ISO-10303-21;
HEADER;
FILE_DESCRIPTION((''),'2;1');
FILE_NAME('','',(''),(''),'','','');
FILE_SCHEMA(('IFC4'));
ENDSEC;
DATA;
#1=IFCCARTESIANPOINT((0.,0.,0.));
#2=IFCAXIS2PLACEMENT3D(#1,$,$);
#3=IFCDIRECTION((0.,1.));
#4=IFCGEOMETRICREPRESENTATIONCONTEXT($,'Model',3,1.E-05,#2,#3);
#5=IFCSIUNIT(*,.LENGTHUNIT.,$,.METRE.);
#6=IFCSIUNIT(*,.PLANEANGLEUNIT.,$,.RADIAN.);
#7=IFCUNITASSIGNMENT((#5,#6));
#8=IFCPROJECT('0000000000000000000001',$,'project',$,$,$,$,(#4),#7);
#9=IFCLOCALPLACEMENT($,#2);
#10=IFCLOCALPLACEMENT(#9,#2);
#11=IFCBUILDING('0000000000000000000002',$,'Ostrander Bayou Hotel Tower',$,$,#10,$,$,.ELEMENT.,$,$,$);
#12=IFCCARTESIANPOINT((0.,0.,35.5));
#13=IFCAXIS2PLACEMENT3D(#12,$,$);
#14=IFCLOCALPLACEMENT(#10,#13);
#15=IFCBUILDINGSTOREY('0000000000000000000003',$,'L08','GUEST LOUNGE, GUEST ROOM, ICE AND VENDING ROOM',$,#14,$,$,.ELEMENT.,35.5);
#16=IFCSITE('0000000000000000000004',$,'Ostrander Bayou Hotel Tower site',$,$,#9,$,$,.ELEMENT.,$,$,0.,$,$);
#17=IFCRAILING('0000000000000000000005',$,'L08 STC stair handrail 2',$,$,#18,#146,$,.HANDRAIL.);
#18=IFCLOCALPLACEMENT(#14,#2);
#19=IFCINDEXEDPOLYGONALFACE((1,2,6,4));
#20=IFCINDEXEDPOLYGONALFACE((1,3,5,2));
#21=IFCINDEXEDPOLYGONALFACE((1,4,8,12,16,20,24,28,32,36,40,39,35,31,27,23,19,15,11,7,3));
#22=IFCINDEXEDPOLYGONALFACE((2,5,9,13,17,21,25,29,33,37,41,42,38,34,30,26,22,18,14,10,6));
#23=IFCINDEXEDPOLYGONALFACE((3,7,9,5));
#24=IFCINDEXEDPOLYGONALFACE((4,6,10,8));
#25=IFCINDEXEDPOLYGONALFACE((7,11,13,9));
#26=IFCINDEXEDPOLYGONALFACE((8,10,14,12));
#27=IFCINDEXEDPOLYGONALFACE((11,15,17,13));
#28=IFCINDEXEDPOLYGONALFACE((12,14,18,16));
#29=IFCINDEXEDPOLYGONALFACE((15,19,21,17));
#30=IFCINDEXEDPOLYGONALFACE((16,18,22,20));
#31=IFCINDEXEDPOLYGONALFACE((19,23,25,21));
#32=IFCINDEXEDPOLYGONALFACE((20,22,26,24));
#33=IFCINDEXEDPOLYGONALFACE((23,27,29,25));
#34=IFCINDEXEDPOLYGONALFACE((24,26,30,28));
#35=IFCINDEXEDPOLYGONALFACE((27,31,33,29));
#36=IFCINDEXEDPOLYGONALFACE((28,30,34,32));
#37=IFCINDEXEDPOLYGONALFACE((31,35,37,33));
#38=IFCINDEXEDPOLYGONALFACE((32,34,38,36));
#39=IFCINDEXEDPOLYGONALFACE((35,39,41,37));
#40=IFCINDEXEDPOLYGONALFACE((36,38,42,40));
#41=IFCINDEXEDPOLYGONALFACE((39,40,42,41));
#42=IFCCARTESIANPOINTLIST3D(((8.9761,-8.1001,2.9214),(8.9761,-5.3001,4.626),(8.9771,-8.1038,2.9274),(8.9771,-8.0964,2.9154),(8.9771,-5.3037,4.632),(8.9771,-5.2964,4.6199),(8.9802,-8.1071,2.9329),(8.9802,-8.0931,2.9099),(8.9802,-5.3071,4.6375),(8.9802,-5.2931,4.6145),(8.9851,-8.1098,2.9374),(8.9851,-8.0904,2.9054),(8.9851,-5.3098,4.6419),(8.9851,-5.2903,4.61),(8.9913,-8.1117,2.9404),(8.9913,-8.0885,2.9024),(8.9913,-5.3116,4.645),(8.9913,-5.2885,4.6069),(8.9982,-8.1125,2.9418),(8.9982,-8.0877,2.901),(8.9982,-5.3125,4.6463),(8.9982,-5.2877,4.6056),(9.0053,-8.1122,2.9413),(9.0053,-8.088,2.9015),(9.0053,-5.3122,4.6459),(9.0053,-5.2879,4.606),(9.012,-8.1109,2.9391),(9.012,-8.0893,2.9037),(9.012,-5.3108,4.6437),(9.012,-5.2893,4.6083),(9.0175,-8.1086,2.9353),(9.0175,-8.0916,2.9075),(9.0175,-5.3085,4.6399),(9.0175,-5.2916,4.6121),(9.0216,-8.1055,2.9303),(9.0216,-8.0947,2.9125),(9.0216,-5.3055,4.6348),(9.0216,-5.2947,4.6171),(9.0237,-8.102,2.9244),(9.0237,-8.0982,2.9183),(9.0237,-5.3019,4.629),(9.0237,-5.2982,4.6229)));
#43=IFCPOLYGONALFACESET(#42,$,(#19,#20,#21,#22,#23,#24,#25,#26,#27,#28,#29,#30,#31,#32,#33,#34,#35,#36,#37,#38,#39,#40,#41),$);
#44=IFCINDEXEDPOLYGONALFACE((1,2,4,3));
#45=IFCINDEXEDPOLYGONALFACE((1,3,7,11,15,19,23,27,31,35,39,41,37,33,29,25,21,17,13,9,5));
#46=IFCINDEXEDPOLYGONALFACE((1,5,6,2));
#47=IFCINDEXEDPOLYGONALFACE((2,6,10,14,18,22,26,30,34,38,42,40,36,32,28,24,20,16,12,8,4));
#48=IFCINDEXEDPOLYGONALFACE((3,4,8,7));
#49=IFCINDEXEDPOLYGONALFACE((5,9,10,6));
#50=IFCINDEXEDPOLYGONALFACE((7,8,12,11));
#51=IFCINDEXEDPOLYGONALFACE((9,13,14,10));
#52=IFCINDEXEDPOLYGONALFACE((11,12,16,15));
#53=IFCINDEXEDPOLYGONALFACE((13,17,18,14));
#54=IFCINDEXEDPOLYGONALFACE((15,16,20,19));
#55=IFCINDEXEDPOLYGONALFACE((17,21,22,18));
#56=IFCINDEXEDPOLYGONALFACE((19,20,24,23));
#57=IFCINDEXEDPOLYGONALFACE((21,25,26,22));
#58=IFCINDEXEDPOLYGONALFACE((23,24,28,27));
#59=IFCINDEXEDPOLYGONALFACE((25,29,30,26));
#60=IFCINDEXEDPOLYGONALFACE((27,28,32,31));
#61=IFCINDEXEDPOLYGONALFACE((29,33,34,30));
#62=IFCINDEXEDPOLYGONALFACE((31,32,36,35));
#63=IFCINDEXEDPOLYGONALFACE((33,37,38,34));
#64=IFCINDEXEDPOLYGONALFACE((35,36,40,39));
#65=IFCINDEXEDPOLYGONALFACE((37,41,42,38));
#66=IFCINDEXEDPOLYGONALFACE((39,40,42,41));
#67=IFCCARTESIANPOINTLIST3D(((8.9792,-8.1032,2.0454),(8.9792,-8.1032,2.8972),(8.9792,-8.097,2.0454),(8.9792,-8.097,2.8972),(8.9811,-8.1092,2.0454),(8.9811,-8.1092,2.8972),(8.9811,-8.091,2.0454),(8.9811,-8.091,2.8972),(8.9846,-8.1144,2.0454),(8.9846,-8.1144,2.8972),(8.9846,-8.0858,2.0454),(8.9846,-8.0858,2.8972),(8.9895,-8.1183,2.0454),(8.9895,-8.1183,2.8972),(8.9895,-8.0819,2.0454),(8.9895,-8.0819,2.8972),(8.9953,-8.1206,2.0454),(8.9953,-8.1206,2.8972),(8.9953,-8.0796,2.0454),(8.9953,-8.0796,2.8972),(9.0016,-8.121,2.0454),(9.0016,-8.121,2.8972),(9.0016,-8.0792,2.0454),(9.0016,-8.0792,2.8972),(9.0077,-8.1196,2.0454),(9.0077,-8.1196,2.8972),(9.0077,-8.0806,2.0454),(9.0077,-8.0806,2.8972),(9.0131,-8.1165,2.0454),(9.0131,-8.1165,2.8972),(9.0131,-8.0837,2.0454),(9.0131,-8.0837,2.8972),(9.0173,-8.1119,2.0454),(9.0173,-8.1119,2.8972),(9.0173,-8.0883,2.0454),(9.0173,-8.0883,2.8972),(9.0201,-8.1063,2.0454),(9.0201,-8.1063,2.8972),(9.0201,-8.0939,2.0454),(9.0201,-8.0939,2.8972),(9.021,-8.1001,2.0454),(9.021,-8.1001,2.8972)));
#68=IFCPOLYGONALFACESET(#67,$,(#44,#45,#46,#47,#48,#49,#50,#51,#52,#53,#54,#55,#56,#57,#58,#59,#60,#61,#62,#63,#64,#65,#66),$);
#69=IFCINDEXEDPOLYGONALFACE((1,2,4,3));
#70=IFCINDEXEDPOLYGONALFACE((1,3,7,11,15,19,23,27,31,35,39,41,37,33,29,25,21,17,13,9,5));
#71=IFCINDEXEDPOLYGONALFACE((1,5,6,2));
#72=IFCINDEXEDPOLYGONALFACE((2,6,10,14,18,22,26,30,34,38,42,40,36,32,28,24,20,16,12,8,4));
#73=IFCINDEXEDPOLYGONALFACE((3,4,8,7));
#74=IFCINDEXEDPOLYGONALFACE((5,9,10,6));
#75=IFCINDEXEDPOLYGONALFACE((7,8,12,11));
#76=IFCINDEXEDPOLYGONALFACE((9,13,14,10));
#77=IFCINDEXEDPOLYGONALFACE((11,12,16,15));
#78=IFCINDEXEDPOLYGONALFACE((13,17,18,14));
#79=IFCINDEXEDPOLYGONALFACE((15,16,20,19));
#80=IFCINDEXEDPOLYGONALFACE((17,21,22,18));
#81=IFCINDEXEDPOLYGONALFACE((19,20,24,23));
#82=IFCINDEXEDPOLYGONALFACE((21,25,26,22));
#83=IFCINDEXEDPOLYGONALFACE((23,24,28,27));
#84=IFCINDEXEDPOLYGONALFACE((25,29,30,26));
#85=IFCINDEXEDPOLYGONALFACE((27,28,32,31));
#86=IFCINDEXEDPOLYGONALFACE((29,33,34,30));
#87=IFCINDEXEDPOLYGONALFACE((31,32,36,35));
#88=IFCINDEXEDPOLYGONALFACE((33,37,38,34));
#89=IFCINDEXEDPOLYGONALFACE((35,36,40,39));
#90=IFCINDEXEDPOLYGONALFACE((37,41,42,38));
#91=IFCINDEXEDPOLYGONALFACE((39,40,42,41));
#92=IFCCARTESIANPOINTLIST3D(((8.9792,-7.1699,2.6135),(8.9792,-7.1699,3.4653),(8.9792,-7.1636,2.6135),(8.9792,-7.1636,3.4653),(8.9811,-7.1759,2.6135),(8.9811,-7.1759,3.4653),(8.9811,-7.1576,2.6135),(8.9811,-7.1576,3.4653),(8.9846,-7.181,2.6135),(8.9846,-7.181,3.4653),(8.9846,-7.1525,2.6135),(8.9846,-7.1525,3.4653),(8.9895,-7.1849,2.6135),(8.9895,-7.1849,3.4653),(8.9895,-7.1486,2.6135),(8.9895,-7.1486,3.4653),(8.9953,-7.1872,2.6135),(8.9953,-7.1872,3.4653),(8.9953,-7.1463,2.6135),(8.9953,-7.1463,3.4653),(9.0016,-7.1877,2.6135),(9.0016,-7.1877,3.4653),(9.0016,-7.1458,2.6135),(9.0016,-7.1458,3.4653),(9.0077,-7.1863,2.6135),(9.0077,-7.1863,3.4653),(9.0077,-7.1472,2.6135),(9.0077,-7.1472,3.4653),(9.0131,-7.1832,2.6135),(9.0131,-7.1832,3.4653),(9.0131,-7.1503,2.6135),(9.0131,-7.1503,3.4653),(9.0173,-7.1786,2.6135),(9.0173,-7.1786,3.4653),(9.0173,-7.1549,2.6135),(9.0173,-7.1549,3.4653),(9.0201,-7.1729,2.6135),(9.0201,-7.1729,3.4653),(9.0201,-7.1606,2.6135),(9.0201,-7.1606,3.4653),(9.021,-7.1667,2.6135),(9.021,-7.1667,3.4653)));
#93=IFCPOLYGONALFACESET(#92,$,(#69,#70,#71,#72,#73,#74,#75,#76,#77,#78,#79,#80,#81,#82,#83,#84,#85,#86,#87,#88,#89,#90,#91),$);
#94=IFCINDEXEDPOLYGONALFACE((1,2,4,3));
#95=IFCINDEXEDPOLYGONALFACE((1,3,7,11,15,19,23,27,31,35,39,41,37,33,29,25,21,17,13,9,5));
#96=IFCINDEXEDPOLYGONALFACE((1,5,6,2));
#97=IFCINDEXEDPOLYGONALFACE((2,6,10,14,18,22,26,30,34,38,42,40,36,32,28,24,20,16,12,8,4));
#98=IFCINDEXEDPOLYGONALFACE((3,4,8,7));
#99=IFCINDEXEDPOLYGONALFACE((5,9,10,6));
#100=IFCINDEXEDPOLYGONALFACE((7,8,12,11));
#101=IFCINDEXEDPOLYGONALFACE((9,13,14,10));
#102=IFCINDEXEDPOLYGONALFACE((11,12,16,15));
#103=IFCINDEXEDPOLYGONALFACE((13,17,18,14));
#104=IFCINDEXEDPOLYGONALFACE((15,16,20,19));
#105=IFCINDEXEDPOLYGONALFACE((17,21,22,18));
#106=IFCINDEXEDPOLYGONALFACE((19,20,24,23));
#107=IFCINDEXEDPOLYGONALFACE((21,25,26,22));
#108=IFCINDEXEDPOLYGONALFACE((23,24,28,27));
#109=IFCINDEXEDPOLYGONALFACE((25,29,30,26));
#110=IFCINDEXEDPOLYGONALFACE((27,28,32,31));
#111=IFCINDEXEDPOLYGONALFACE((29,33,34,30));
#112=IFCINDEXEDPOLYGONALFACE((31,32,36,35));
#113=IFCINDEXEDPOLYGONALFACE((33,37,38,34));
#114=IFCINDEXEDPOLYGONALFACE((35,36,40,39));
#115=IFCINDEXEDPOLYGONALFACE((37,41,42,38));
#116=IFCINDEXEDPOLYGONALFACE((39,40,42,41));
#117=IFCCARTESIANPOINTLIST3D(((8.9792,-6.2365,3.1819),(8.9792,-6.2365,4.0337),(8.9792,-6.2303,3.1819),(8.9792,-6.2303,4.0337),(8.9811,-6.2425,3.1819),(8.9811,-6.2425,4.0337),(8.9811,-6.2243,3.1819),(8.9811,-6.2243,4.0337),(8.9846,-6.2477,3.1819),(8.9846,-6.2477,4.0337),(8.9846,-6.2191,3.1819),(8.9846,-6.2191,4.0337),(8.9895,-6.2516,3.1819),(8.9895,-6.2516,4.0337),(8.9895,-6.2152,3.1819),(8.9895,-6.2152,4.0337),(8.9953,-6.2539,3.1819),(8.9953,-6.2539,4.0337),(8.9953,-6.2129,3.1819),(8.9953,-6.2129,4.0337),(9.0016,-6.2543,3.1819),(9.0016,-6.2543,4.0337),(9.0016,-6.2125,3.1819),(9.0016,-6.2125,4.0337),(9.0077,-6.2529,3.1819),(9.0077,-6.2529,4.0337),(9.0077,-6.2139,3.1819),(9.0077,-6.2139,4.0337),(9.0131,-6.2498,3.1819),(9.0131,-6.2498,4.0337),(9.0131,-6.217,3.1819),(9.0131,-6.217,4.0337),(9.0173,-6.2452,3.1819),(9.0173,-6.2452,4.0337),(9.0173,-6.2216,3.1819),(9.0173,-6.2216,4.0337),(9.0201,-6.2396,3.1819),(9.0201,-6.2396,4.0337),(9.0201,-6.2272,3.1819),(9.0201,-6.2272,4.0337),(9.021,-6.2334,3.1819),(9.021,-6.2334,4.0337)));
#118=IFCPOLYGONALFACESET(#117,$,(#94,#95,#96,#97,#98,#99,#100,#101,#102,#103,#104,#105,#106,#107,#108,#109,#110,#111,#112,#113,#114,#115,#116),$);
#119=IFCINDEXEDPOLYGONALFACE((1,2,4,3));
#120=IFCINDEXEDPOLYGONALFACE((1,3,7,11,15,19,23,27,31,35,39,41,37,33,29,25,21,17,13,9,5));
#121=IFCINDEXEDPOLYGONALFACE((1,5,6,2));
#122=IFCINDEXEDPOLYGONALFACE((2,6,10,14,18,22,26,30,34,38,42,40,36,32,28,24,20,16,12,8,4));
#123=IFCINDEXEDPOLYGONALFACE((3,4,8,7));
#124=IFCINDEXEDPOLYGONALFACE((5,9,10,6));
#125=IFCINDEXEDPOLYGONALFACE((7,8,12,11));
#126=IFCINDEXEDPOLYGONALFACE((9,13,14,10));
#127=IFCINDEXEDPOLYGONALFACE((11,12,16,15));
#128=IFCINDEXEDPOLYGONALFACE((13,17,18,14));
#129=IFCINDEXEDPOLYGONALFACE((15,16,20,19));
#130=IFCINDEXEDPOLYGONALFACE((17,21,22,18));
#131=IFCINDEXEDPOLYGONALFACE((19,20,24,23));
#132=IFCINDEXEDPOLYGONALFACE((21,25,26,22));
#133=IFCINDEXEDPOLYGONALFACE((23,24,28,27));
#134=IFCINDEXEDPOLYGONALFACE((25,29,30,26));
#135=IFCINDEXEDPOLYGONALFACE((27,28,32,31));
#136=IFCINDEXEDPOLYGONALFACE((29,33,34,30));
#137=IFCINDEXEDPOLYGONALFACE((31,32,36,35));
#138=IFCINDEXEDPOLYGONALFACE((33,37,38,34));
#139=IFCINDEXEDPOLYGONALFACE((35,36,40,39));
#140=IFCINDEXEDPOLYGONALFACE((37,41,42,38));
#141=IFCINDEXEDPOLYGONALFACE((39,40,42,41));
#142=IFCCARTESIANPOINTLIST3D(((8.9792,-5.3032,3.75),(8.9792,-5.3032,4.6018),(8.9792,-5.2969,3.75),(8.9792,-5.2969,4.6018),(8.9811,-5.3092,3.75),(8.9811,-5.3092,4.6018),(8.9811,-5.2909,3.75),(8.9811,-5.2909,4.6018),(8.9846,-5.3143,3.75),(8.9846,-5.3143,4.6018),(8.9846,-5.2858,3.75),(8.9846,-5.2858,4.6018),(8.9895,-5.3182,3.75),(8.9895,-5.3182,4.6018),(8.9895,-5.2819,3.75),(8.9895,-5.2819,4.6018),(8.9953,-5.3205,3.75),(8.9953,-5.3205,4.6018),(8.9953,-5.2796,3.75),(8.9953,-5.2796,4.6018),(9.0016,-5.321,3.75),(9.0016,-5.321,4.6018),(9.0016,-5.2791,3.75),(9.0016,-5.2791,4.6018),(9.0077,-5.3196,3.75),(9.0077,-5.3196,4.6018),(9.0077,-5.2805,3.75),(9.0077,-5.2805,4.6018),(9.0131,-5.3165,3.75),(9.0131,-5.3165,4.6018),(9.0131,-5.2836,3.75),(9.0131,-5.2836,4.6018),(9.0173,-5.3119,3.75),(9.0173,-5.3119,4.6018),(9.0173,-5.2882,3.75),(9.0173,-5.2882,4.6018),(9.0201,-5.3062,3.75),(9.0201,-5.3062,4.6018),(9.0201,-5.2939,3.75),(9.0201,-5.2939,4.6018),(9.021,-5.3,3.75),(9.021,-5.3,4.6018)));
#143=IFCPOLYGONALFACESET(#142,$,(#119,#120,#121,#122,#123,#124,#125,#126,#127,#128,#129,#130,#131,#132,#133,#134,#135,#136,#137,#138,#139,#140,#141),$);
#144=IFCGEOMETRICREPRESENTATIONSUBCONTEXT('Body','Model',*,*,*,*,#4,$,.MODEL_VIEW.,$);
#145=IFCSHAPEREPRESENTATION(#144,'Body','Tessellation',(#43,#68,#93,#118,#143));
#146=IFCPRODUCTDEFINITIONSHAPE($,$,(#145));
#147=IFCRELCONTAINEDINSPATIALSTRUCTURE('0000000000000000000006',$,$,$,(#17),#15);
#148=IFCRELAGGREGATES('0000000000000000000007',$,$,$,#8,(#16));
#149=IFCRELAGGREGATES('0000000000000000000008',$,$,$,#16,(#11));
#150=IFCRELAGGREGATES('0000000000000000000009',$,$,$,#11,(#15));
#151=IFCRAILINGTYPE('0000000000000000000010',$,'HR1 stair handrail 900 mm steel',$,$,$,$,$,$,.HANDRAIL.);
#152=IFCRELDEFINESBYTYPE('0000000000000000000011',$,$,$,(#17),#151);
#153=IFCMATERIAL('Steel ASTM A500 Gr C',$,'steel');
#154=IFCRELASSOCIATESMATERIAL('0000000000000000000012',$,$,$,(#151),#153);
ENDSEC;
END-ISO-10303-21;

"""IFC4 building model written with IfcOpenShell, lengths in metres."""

from ifc_helpers import new_model, si_unit, direction, frame, origin, origin_2d, place, context, subcontext, project, spatial, circle, extrude, material, type_object, element, save


model = new_model("IFC4")

# Units and contexts
model_context = context("Model", 3, precision=1e-05, world=origin(), true_north=direction((0.0, 1.0)))
body_context = subcontext(model_context, "Body", "Model", "MODEL_VIEW")
ifc_project = project(units=[si_unit("LENGTHUNIT", "METRE"), si_unit("PLANEANGLEUNIT", "RADIAN")], contexts=[model_context])

# Site, building, storey
site_placement = place(None, origin())
site = spatial("IfcSite", under=ifc_project, at=site_placement, Name="Ostrander Bayou Hotel Tower site", CompositionType="ELEMENT", RefElevation=0.0)
building_placement = place(site_placement, origin())
building = spatial("IfcBuilding", under=site, at=building_placement, Name="Ostrander Bayou Hotel Tower", CompositionType="ELEMENT")
storey_placement = place(building_placement, frame((0.0, 0.0, 35.5)))
storey = spatial("IfcBuildingStorey", under=building, at=storey_placement, Name="L08", Description="GUEST LOUNGE, GUEST ROOM, ICE AND VENDING ROOM", CompositionType="ELEMENT", Elevation=35.5)

# Railing
ifc_material_1 = material(Name="Steel ASTM A500 Gr C", Category="steel")
railing_type_1 = type_object("IfcRailingType", Name="HR1 stair handrail 900 mm steel", PredefinedType="HANDRAIL", material=ifc_material_1)
railing_1_placement = place(storey_placement, frame((9.0, -8.1001, 2.0454)))
element("IfcRailing", 1, at=railing_1_placement, inside=storey, type_object=railing_type_1, Name="L08 STC stair handrail 2", PredefinedType="HANDRAIL", context=body_context, shape_type="SweptSolid", body=[
    extrude(circle(Radius=0.0239, at=origin_2d()), frame((0.0, 0.0, 0.876), z_axis=(0.0, 0.85417, 0.519994), x_axis=(-1.0, 0.0, 0.0)), (0.0, 0.0, 1.0), 3.2781),
    extrude(circle(Radius=0.021, at=origin_2d()), origin(), (0.0, 0.0, 1.0), 0.8518),
    extrude(circle(Radius=0.021, at=origin_2d()), frame((0.0, 0.9333, 0.5681)), (0.0, 0.0, 1.0), 0.8518),
    extrude(circle(Radius=0.021, at=origin_2d()), frame((0.0, 1.8667, 1.1365)), (0.0, 0.0, 1.0), 0.8518),
    extrude(circle(Radius=0.021, at=origin_2d()), frame((0.0, 2.8, 1.7046)), (0.0, 0.0, 1.0), 0.8518),
])

save(model, "model.ifc")
